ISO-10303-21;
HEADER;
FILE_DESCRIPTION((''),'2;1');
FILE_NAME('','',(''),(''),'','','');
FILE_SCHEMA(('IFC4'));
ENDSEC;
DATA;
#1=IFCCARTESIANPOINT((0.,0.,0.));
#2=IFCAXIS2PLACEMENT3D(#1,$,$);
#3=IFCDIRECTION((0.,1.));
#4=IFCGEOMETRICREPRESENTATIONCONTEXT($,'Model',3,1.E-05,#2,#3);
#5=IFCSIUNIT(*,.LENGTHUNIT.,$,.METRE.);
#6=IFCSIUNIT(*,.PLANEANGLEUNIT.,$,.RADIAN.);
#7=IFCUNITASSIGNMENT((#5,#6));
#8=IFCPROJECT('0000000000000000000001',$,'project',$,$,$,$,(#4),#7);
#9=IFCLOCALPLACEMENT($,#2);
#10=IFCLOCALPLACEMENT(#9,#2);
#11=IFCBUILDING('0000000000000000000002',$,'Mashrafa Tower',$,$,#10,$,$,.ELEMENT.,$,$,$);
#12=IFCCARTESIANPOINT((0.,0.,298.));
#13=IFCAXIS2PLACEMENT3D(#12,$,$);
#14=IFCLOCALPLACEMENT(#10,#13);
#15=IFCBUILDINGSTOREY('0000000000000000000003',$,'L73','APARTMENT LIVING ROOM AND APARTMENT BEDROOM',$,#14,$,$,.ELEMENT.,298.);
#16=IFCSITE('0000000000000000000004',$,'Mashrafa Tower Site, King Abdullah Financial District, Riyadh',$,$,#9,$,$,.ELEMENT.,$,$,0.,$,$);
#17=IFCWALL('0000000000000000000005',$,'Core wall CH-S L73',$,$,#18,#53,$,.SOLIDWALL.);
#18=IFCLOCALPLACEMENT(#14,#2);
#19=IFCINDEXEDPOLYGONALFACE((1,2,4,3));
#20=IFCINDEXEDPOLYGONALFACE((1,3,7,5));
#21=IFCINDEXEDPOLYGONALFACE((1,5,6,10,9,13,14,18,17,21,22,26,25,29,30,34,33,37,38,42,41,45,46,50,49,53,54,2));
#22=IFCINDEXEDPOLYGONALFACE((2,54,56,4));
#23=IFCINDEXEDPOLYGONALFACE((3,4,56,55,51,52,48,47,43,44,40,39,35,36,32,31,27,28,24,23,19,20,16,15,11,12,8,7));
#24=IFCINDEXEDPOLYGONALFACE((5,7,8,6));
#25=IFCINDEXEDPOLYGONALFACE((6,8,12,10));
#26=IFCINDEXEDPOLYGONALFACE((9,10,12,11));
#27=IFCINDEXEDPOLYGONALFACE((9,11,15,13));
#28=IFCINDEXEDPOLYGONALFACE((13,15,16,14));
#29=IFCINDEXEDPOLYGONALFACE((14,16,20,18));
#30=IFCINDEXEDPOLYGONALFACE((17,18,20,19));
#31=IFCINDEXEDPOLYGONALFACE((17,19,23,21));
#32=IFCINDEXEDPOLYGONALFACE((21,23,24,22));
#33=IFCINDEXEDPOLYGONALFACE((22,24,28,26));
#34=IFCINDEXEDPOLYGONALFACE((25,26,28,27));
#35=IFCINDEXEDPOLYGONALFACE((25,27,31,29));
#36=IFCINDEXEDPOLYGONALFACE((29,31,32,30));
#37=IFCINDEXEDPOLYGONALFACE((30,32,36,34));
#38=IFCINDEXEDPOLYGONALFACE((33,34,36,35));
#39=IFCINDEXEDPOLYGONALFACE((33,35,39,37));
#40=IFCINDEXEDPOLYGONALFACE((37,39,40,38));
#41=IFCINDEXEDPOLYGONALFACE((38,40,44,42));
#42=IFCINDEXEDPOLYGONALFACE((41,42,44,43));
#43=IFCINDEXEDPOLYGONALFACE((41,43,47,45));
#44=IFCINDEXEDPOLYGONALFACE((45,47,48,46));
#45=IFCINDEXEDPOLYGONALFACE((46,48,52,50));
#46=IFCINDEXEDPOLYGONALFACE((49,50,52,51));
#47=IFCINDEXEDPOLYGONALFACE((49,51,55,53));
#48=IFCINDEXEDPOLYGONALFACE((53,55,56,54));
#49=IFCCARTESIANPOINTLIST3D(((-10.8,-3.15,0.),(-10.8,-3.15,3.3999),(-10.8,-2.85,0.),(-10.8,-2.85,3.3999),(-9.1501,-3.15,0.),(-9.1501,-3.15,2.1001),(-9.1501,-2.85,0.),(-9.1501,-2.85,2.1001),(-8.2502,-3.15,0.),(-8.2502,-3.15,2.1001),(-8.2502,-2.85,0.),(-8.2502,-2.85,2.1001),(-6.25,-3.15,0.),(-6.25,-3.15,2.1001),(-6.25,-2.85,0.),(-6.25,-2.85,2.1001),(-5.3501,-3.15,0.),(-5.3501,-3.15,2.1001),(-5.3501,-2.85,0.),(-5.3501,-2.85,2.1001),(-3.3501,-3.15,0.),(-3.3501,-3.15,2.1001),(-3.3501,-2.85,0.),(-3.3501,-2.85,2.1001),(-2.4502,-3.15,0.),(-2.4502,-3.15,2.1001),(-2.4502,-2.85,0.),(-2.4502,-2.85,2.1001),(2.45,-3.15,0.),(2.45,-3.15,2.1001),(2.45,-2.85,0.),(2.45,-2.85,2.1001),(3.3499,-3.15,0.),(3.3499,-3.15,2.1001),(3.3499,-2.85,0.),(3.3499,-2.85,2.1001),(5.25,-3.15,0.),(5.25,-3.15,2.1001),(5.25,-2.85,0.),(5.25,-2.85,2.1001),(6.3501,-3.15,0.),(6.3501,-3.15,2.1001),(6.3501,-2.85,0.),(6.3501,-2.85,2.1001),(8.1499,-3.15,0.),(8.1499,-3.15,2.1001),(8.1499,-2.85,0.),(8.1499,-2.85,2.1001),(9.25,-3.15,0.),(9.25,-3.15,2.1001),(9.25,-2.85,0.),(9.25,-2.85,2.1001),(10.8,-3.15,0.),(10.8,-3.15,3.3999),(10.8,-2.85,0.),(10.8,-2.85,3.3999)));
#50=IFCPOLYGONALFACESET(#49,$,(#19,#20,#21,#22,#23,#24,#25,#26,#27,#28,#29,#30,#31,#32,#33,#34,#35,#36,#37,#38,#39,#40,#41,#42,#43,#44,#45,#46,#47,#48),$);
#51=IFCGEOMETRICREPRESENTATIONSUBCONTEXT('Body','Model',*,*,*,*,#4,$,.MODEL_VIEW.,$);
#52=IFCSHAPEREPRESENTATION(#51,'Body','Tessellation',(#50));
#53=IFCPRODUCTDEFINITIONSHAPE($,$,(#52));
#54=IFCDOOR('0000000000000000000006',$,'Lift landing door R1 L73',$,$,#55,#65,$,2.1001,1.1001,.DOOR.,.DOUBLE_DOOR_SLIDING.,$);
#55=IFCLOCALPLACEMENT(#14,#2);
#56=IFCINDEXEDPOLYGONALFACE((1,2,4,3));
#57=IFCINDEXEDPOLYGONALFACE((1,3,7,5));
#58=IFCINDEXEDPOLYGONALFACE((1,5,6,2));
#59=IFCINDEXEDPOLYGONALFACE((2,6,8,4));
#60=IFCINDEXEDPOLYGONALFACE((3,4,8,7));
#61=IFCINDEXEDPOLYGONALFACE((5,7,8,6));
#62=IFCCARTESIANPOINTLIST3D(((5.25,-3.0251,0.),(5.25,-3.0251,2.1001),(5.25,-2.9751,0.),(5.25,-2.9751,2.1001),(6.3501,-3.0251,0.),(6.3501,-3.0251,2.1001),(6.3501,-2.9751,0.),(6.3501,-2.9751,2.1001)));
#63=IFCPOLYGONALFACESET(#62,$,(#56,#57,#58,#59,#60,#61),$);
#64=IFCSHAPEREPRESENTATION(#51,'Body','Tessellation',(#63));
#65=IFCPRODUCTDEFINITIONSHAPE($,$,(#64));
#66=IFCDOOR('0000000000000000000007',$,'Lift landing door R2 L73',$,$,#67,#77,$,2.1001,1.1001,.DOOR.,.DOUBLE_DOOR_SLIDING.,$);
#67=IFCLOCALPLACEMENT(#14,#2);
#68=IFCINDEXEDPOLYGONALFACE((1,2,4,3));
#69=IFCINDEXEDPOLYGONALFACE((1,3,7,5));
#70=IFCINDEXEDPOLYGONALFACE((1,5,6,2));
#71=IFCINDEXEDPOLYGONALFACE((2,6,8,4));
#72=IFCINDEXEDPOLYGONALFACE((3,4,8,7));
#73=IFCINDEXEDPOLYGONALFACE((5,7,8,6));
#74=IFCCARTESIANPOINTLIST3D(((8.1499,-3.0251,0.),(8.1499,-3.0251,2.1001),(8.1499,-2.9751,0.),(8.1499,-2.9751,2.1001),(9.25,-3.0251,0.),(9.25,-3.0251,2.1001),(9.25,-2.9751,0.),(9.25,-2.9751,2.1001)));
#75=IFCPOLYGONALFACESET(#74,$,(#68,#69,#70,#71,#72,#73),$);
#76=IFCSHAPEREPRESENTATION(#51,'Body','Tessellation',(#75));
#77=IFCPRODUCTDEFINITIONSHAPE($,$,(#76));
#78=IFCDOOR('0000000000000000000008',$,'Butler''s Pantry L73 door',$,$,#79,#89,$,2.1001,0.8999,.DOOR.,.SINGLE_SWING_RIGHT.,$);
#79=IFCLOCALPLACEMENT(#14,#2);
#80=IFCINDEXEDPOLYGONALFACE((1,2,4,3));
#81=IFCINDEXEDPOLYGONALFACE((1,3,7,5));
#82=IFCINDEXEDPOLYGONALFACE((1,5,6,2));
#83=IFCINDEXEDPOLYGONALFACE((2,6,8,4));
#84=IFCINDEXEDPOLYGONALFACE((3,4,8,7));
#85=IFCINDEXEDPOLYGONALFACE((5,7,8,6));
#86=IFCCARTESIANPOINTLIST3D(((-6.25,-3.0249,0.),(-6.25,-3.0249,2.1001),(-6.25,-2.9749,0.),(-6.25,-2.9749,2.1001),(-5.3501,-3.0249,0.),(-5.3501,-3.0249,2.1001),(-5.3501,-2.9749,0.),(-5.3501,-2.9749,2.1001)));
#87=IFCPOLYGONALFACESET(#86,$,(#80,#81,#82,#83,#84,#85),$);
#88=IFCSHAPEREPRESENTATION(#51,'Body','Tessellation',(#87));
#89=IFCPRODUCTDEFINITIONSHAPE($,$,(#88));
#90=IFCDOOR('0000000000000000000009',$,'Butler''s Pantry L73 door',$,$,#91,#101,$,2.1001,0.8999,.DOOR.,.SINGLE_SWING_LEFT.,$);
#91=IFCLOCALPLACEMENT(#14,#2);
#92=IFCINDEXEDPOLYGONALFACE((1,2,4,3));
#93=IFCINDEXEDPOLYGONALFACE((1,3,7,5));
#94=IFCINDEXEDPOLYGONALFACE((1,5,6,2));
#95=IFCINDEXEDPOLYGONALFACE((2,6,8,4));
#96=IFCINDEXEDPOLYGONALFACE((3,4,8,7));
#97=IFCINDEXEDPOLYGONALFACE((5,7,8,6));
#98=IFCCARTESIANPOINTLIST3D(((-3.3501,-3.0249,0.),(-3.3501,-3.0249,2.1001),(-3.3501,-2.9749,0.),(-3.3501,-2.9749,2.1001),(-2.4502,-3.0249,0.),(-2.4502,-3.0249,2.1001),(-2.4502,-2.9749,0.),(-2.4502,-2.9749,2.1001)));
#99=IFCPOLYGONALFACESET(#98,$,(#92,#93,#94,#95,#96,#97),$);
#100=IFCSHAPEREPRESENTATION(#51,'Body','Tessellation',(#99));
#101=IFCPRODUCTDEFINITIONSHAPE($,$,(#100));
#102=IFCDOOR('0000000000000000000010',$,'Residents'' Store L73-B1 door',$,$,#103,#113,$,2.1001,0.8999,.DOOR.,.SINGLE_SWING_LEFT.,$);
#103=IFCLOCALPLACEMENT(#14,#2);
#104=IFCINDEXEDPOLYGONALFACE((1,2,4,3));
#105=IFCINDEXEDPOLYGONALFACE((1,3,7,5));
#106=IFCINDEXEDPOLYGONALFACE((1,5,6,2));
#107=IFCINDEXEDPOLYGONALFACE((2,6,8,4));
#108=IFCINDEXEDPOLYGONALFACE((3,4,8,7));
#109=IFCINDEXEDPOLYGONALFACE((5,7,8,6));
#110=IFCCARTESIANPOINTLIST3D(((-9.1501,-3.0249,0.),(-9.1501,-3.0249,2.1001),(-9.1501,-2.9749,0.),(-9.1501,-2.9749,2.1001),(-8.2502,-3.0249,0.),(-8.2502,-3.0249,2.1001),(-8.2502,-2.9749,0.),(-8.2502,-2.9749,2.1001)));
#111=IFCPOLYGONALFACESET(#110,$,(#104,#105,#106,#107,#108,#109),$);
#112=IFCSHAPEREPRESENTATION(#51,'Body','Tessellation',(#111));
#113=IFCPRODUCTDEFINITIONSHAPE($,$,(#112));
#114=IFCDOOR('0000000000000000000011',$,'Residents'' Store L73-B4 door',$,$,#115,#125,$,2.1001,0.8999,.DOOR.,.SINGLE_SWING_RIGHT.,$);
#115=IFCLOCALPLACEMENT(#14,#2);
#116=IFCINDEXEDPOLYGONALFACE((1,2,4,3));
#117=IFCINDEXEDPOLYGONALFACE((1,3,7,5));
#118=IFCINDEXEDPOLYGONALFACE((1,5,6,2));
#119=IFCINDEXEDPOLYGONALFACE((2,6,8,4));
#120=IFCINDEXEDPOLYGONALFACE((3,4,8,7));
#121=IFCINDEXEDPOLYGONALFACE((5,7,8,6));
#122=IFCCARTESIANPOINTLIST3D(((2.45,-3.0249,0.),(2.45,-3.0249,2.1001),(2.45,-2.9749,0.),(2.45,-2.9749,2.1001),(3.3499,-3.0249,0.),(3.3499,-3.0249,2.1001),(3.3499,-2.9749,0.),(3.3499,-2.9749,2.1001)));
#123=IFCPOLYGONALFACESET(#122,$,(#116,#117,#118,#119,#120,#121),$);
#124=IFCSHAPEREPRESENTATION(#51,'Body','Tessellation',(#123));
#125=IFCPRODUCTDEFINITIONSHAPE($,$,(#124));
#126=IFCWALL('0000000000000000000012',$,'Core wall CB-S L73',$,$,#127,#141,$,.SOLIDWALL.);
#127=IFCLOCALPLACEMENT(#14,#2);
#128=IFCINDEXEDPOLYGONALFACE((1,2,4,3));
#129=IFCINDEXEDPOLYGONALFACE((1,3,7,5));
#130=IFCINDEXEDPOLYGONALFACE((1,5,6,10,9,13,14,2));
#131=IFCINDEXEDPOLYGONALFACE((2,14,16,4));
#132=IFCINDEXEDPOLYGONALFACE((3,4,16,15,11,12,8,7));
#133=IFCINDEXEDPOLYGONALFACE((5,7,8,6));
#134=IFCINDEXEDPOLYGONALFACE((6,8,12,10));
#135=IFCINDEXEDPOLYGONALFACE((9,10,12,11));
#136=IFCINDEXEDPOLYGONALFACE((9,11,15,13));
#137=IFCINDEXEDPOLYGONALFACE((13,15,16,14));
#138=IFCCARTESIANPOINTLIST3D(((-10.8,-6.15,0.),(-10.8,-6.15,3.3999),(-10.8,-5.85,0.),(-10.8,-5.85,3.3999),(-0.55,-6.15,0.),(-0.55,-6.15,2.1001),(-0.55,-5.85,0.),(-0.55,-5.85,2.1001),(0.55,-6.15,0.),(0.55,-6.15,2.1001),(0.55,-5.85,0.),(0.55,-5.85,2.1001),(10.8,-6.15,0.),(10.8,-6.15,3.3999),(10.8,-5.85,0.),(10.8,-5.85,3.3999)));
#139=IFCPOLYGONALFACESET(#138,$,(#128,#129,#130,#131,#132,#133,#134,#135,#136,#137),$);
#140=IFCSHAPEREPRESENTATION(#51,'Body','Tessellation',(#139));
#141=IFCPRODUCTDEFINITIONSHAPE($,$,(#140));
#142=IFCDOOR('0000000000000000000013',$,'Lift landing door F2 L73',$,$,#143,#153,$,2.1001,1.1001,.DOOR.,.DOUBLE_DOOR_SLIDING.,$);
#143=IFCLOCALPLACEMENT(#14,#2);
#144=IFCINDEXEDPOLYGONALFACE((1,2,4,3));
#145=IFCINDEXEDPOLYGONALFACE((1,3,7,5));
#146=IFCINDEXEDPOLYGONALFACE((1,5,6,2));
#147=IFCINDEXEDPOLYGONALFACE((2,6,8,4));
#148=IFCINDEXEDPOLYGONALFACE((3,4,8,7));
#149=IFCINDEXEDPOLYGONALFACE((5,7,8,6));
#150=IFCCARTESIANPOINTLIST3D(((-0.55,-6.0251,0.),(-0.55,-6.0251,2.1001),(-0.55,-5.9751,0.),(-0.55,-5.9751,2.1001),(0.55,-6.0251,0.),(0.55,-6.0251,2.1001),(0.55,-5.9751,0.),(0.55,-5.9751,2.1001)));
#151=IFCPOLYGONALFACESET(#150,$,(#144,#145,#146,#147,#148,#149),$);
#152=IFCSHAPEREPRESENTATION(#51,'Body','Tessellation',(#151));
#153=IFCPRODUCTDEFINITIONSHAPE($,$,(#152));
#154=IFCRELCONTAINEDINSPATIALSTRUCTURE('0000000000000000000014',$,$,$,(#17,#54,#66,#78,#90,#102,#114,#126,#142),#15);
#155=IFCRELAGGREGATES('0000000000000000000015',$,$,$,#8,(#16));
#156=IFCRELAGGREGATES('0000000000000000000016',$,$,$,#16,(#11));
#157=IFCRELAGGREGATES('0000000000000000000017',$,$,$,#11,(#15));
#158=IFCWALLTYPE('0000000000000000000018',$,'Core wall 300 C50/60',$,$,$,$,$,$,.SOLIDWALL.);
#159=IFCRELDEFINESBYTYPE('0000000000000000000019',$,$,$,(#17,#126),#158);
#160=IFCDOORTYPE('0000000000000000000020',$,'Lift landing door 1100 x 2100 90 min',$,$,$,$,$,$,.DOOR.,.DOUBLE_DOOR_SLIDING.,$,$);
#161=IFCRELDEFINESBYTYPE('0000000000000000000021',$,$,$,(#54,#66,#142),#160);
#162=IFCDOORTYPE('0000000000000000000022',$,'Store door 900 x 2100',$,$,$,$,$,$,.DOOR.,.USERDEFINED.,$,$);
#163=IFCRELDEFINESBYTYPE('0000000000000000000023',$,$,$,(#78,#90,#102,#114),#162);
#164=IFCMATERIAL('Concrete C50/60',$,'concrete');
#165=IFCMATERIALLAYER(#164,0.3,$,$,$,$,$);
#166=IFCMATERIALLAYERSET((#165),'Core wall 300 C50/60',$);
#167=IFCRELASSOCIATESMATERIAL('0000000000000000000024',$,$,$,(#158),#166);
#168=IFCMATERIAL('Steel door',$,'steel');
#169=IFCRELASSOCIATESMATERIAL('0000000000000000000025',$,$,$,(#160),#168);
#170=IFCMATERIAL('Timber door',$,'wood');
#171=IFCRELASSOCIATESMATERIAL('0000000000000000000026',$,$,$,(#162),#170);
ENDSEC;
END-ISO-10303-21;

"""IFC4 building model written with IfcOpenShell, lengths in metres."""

from ifc_helpers import new_model, si_unit, direction, frame, frame_2d, origin, place, context, subcontext, project, spatial, rectangle, extrude, material, layer, layer_set, type_object, element, fill, save


model = new_model("IFC4")

# Units and contexts
model_context = context("Model", 3, precision=1e-05, world=origin(), true_north=direction((0.0, 1.0)))
body_context = subcontext(model_context, "Body", "Model", "MODEL_VIEW")
ifc_project = project(units=[si_unit("LENGTHUNIT", "METRE"), si_unit("PLANEANGLEUNIT", "RADIAN")], contexts=[model_context])

# Site, building, storey
site_placement = place(None, origin())
site = spatial("IfcSite", under=ifc_project, at=site_placement, Name="Mashrafa Tower Site, King Abdullah Financial District, Riyadh", CompositionType="ELEMENT", RefElevation=0.0)
building_placement = place(site_placement, origin())
building = spatial("IfcBuilding", under=site, at=building_placement, Name="Mashrafa Tower", CompositionType="ELEMENT")
storey_placement = place(building_placement, frame((0.0, 0.0, 298.0)))
storey = spatial("IfcBuildingStorey", under=building, at=storey_placement, Name="L73", Description="APARTMENT LIVING ROOM AND APARTMENT BEDROOM", CompositionType="ELEMENT", Elevation=298.0)

# Wall, openings, doors
ifc_material_1 = material(Name="Concrete C50/60", Category="concrete")
ifc_layer_1 = layer(ifc_material_1, 0.3)
ifc_layer_set_1 = layer_set([ifc_layer_1], Name="Core wall 300 C50/60")
wall_type_1 = type_object("IfcWallType", Name="Core wall 300 C50/60", PredefinedType="SOLIDWALL", material=ifc_layer_set_1)
wall_1_placement = place(storey_placement, frame((-10.8, -3.0, 0.0), z_axis=(0.0, 0.0, 1.0), x_axis=(1.0, 0.0, 0.0)))
wall_1 = element("IfcWall", 1, at=wall_1_placement, inside=storey, type_object=wall_type_1, Name="Core wall CH-S L73", PredefinedType="SOLIDWALL", context=body_context, shape_type="SweptSolid", body=[
    extrude(rectangle(XDim=21.6001, YDim=0.3, at=frame_2d((10.8, 0.0))), origin(), (0.0, 0.0, 1.0), 3.3999),
])
opening_1_placement = place(wall_1_placement, frame((4.55, 0.0, 0.0)))
opening_1 = element("IfcOpeningElement", 2, at=opening_1_placement, cuts=wall_1, PredefinedType="OPENING", context=body_context, shape_type="SweptSolid", body=[
    extrude(rectangle(XDim=0.8999, YDim=2.1001, at=frame_2d((0.45, 1.05))), frame((0.0, 0.1599, 0.0), z_axis=(0.0, -1.0, 0.0), x_axis=(1.0, 0.0, 0.0)), (0.0, 0.0, 1.0), 0.3201),
])
opening_2_placement = place(wall_1_placement, frame((7.45, 0.0, 0.0)))
opening_2 = element("IfcOpeningElement", 3, at=opening_2_placement, cuts=wall_1, PredefinedType="OPENING", context=body_context, shape_type="SweptSolid", body=[
    extrude(rectangle(XDim=0.8999, YDim=2.1001, at=frame_2d((0.45, 1.05))), frame((0.0, 0.1599, 0.0), z_axis=(0.0, -1.0, 0.0), x_axis=(1.0, 0.0, 0.0)), (0.0, 0.0, 1.0), 0.3201),
])
opening_3_placement = place(wall_1_placement, frame((1.6499, 0.0, 0.0)))
opening_3 = element("IfcOpeningElement", 4, at=opening_3_placement, cuts=wall_1, PredefinedType="OPENING", context=body_context, shape_type="SweptSolid", body=[
    extrude(rectangle(XDim=0.8999, YDim=2.1001, at=frame_2d((0.45, 1.05))), frame((0.0, 0.1599, 0.0), z_axis=(0.0, -1.0, 0.0), x_axis=(1.0, 0.0, 0.0)), (0.0, 0.0, 1.0), 0.3201),
])
opening_4_placement = place(wall_1_placement, frame((13.25, 0.0, 0.0)))
opening_4 = element("IfcOpeningElement", 5, at=opening_4_placement, cuts=wall_1, PredefinedType="OPENING", context=body_context, shape_type="SweptSolid", body=[
    extrude(rectangle(XDim=0.8999, YDim=2.1001, at=frame_2d((0.45, 1.05))), frame((0.0, 0.1599, 0.0), z_axis=(0.0, -1.0, 0.0), x_axis=(1.0, 0.0, 0.0)), (0.0, 0.0, 1.0), 0.3201),
])
opening_5_placement = place(wall_1_placement, frame((16.05, 0.0, 0.0)))
opening_5 = element("IfcOpeningElement", 6, at=opening_5_placement, cuts=wall_1, PredefinedType="OPENING", context=body_context, shape_type="SweptSolid", body=[
    extrude(rectangle(XDim=1.1001, YDim=2.1001, at=frame_2d((0.55, 1.05))), frame((0.0, 0.1599, 0.0), z_axis=(0.0, -1.0, 0.0), x_axis=(1.0, 0.0, 0.0)), (0.0, 0.0, 1.0), 0.3201),
])
opening_6_placement = place(wall_1_placement, frame((18.95, 0.0, 0.0)))
opening_6 = element("IfcOpeningElement", 7, at=opening_6_placement, cuts=wall_1, PredefinedType="OPENING", context=body_context, shape_type="SweptSolid", body=[
    extrude(rectangle(XDim=1.1001, YDim=2.1001, at=frame_2d((0.55, 1.05))), frame((0.0, 0.1599, 0.0), z_axis=(0.0, -1.0, 0.0), x_axis=(1.0, 0.0, 0.0)), (0.0, 0.0, 1.0), 0.3201),
])
ifc_material_2 = material(Name="Steel door", Category="steel")
door_type_1 = type_object("IfcDoorType", Name="Lift landing door 1100 x 2100 90 min", OperationType="DOUBLE_DOOR_SLIDING", PredefinedType="DOOR", material=ifc_material_2)
door_1_placement = place(opening_5_placement, origin())
door_1 = element("IfcDoor", 8, at=door_1_placement, inside=storey, type_object=door_type_1, Name="Lift landing door R1 L73", OperationType="DOUBLE_DOOR_SLIDING", OverallHeight=2.1001, OverallWidth=1.1001, PredefinedType="DOOR", context=body_context, shape_type="SweptSolid", body=[
    extrude(rectangle(XDim=1.1001, YDim=2.1001, at=frame_2d((0.55, 1.05))), frame((0.0, 0.0249, 0.0), z_axis=(0.0, -1.0, 0.0), x_axis=(1.0, 0.0, 0.0)), (0.0, 0.0, 1.0), 0.05),
])
fill(opening_5, door_1)
door_2_placement = place(opening_6_placement, origin())
door_2 = element("IfcDoor", 9, at=door_2_placement, inside=storey, type_object=door_type_1, Name="Lift landing door R2 L73", OperationType="DOUBLE_DOOR_SLIDING", OverallHeight=2.1001, OverallWidth=1.1001, PredefinedType="DOOR", context=body_context, shape_type="SweptSolid", body=[
    extrude(rectangle(XDim=1.1001, YDim=2.1001, at=frame_2d((0.55, 1.05))), frame((0.0, 0.0249, 0.0), z_axis=(0.0, -1.0, 0.0), x_axis=(1.0, 0.0, 0.0)), (0.0, 0.0, 1.0), 0.05),
])
fill(opening_6, door_2)
ifc_material_3 = material(Name="Timber door", Category="wood")
door_type_2 = type_object("IfcDoorType", Name="Store door 900 x 2100", OperationType="USERDEFINED", PredefinedType="DOOR", material=ifc_material_3)
door_3_placement = place(opening_1_placement, frame((0.8999, 0.0, 0.0), z_axis=(0.0, 0.0, 1.0), x_axis=(-1.0, 0.0, 0.0)))
door_3 = element("IfcDoor", 10, at=door_3_placement, inside=storey, type_object=door_type_2, Name="Butler's Pantry L73 door", OperationType="SINGLE_SWING_RIGHT", OverallHeight=2.1001, OverallWidth=0.8999, PredefinedType="DOOR", context=body_context, shape_type="SweptSolid", body=[
    extrude(rectangle(XDim=0.8999, YDim=2.1001, at=frame_2d((0.45, 1.05))), frame((0.0, 0.0249, 0.0), z_axis=(0.0, -1.0, 0.0), x_axis=(1.0, 0.0, 0.0)), (0.0, 0.0, 1.0), 0.05),
])
fill(opening_1, door_3)
door_4_placement = place(opening_2_placement, frame((0.8999, 0.0, 0.0), z_axis=(0.0, 0.0, 1.0), x_axis=(-1.0, 0.0, 0.0)))
door_4 = element("IfcDoor", 11, at=door_4_placement, inside=storey, type_object=door_type_2, Name="Butler's Pantry L73 door", OperationType="SINGLE_SWING_LEFT", OverallHeight=2.1001, OverallWidth=0.8999, PredefinedType="DOOR", context=body_context, shape_type="SweptSolid", body=[
    extrude(rectangle(XDim=0.8999, YDim=2.1001, at=frame_2d((0.45, 1.05))), frame((0.0, 0.0249, 0.0), z_axis=(0.0, -1.0, 0.0), x_axis=(1.0, 0.0, 0.0)), (0.0, 0.0, 1.0), 0.05),
])
fill(opening_2, door_4)
door_5_placement = place(opening_3_placement, frame((0.8999, 0.0, 0.0), z_axis=(0.0, 0.0, 1.0), x_axis=(-1.0, 0.0, 0.0)))
door_5 = element("IfcDoor", 12, at=door_5_placement, inside=storey, type_object=door_type_2, Name="Residents' Store L73-B1 door", OperationType="SINGLE_SWING_LEFT", OverallHeight=2.1001, OverallWidth=0.8999, PredefinedType="DOOR", context=body_context, shape_type="SweptSolid", body=[
    extrude(rectangle(XDim=0.8999, YDim=2.1001, at=frame_2d((0.45, 1.05))), frame((0.0, 0.0249, 0.0), z_axis=(0.0, -1.0, 0.0), x_axis=(1.0, 0.0, 0.0)), (0.0, 0.0, 1.0), 0.05),
])
fill(opening_3, door_5)
door_6_placement = place(opening_4_placement, frame((0.8999, 0.0, 0.0), z_axis=(0.0, 0.0, 1.0), x_axis=(-1.0, 0.0, 0.0)))
door_6 = element("IfcDoor", 13, at=door_6_placement, inside=storey, type_object=door_type_2, Name="Residents' Store L73-B4 door", OperationType="SINGLE_SWING_RIGHT", OverallHeight=2.1001, OverallWidth=0.8999, PredefinedType="DOOR", context=body_context, shape_type="SweptSolid", body=[
    extrude(rectangle(XDim=0.8999, YDim=2.1001, at=frame_2d((0.45, 1.05))), frame((0.0, 0.0249, 0.0), z_axis=(0.0, -1.0, 0.0), x_axis=(1.0, 0.0, 0.0)), (0.0, 0.0, 1.0), 0.05),
])
fill(opening_4, door_6)

# Wall, opening, door
wall_2_placement = place(storey_placement, frame((-10.8, -6.0, 0.0), z_axis=(0.0, 0.0, 1.0), x_axis=(1.0, 0.0, 0.0)))
wall_2 = element("IfcWall", 14, at=wall_2_placement, inside=storey, type_object=wall_type_1, Name="Core wall CB-S L73", PredefinedType="SOLIDWALL", context=body_context, shape_type="SweptSolid", body=[
    extrude(rectangle(XDim=21.6001, YDim=0.3, at=frame_2d((10.8, 0.0))), origin(), (0.0, 0.0, 1.0), 3.3999),
])
opening_7_placement = place(wall_2_placement, frame((10.25, 0.0, 0.0)))
opening_7 = element("IfcOpeningElement", 15, at=opening_7_placement, cuts=wall_2, PredefinedType="OPENING", context=body_context, shape_type="SweptSolid", body=[
    extrude(rectangle(XDim=1.1001, YDim=2.1001, at=frame_2d((0.55, 1.05))), frame((0.0, 0.1599, 0.0), z_axis=(0.0, -1.0, 0.0), x_axis=(1.0, 0.0, 0.0)), (0.0, 0.0, 1.0), 0.3201),
])
door_7_placement = place(opening_7_placement, origin())
door_7 = element("IfcDoor", 16, at=door_7_placement, inside=storey, type_object=door_type_1, Name="Lift landing door F2 L73", OperationType="DOUBLE_DOOR_SLIDING", OverallHeight=2.1001, OverallWidth=1.1001, PredefinedType="DOOR", context=body_context, shape_type="SweptSolid", body=[
    extrude(rectangle(XDim=1.1001, YDim=2.1001, at=frame_2d((0.55, 1.05))), frame((0.0, 0.0249, 0.0), z_axis=(0.0, -1.0, 0.0), x_axis=(1.0, 0.0, 0.0)), (0.0, 0.0, 1.0), 0.05),
])
fill(opening_7, door_7)

save(model, "model.ifc")
